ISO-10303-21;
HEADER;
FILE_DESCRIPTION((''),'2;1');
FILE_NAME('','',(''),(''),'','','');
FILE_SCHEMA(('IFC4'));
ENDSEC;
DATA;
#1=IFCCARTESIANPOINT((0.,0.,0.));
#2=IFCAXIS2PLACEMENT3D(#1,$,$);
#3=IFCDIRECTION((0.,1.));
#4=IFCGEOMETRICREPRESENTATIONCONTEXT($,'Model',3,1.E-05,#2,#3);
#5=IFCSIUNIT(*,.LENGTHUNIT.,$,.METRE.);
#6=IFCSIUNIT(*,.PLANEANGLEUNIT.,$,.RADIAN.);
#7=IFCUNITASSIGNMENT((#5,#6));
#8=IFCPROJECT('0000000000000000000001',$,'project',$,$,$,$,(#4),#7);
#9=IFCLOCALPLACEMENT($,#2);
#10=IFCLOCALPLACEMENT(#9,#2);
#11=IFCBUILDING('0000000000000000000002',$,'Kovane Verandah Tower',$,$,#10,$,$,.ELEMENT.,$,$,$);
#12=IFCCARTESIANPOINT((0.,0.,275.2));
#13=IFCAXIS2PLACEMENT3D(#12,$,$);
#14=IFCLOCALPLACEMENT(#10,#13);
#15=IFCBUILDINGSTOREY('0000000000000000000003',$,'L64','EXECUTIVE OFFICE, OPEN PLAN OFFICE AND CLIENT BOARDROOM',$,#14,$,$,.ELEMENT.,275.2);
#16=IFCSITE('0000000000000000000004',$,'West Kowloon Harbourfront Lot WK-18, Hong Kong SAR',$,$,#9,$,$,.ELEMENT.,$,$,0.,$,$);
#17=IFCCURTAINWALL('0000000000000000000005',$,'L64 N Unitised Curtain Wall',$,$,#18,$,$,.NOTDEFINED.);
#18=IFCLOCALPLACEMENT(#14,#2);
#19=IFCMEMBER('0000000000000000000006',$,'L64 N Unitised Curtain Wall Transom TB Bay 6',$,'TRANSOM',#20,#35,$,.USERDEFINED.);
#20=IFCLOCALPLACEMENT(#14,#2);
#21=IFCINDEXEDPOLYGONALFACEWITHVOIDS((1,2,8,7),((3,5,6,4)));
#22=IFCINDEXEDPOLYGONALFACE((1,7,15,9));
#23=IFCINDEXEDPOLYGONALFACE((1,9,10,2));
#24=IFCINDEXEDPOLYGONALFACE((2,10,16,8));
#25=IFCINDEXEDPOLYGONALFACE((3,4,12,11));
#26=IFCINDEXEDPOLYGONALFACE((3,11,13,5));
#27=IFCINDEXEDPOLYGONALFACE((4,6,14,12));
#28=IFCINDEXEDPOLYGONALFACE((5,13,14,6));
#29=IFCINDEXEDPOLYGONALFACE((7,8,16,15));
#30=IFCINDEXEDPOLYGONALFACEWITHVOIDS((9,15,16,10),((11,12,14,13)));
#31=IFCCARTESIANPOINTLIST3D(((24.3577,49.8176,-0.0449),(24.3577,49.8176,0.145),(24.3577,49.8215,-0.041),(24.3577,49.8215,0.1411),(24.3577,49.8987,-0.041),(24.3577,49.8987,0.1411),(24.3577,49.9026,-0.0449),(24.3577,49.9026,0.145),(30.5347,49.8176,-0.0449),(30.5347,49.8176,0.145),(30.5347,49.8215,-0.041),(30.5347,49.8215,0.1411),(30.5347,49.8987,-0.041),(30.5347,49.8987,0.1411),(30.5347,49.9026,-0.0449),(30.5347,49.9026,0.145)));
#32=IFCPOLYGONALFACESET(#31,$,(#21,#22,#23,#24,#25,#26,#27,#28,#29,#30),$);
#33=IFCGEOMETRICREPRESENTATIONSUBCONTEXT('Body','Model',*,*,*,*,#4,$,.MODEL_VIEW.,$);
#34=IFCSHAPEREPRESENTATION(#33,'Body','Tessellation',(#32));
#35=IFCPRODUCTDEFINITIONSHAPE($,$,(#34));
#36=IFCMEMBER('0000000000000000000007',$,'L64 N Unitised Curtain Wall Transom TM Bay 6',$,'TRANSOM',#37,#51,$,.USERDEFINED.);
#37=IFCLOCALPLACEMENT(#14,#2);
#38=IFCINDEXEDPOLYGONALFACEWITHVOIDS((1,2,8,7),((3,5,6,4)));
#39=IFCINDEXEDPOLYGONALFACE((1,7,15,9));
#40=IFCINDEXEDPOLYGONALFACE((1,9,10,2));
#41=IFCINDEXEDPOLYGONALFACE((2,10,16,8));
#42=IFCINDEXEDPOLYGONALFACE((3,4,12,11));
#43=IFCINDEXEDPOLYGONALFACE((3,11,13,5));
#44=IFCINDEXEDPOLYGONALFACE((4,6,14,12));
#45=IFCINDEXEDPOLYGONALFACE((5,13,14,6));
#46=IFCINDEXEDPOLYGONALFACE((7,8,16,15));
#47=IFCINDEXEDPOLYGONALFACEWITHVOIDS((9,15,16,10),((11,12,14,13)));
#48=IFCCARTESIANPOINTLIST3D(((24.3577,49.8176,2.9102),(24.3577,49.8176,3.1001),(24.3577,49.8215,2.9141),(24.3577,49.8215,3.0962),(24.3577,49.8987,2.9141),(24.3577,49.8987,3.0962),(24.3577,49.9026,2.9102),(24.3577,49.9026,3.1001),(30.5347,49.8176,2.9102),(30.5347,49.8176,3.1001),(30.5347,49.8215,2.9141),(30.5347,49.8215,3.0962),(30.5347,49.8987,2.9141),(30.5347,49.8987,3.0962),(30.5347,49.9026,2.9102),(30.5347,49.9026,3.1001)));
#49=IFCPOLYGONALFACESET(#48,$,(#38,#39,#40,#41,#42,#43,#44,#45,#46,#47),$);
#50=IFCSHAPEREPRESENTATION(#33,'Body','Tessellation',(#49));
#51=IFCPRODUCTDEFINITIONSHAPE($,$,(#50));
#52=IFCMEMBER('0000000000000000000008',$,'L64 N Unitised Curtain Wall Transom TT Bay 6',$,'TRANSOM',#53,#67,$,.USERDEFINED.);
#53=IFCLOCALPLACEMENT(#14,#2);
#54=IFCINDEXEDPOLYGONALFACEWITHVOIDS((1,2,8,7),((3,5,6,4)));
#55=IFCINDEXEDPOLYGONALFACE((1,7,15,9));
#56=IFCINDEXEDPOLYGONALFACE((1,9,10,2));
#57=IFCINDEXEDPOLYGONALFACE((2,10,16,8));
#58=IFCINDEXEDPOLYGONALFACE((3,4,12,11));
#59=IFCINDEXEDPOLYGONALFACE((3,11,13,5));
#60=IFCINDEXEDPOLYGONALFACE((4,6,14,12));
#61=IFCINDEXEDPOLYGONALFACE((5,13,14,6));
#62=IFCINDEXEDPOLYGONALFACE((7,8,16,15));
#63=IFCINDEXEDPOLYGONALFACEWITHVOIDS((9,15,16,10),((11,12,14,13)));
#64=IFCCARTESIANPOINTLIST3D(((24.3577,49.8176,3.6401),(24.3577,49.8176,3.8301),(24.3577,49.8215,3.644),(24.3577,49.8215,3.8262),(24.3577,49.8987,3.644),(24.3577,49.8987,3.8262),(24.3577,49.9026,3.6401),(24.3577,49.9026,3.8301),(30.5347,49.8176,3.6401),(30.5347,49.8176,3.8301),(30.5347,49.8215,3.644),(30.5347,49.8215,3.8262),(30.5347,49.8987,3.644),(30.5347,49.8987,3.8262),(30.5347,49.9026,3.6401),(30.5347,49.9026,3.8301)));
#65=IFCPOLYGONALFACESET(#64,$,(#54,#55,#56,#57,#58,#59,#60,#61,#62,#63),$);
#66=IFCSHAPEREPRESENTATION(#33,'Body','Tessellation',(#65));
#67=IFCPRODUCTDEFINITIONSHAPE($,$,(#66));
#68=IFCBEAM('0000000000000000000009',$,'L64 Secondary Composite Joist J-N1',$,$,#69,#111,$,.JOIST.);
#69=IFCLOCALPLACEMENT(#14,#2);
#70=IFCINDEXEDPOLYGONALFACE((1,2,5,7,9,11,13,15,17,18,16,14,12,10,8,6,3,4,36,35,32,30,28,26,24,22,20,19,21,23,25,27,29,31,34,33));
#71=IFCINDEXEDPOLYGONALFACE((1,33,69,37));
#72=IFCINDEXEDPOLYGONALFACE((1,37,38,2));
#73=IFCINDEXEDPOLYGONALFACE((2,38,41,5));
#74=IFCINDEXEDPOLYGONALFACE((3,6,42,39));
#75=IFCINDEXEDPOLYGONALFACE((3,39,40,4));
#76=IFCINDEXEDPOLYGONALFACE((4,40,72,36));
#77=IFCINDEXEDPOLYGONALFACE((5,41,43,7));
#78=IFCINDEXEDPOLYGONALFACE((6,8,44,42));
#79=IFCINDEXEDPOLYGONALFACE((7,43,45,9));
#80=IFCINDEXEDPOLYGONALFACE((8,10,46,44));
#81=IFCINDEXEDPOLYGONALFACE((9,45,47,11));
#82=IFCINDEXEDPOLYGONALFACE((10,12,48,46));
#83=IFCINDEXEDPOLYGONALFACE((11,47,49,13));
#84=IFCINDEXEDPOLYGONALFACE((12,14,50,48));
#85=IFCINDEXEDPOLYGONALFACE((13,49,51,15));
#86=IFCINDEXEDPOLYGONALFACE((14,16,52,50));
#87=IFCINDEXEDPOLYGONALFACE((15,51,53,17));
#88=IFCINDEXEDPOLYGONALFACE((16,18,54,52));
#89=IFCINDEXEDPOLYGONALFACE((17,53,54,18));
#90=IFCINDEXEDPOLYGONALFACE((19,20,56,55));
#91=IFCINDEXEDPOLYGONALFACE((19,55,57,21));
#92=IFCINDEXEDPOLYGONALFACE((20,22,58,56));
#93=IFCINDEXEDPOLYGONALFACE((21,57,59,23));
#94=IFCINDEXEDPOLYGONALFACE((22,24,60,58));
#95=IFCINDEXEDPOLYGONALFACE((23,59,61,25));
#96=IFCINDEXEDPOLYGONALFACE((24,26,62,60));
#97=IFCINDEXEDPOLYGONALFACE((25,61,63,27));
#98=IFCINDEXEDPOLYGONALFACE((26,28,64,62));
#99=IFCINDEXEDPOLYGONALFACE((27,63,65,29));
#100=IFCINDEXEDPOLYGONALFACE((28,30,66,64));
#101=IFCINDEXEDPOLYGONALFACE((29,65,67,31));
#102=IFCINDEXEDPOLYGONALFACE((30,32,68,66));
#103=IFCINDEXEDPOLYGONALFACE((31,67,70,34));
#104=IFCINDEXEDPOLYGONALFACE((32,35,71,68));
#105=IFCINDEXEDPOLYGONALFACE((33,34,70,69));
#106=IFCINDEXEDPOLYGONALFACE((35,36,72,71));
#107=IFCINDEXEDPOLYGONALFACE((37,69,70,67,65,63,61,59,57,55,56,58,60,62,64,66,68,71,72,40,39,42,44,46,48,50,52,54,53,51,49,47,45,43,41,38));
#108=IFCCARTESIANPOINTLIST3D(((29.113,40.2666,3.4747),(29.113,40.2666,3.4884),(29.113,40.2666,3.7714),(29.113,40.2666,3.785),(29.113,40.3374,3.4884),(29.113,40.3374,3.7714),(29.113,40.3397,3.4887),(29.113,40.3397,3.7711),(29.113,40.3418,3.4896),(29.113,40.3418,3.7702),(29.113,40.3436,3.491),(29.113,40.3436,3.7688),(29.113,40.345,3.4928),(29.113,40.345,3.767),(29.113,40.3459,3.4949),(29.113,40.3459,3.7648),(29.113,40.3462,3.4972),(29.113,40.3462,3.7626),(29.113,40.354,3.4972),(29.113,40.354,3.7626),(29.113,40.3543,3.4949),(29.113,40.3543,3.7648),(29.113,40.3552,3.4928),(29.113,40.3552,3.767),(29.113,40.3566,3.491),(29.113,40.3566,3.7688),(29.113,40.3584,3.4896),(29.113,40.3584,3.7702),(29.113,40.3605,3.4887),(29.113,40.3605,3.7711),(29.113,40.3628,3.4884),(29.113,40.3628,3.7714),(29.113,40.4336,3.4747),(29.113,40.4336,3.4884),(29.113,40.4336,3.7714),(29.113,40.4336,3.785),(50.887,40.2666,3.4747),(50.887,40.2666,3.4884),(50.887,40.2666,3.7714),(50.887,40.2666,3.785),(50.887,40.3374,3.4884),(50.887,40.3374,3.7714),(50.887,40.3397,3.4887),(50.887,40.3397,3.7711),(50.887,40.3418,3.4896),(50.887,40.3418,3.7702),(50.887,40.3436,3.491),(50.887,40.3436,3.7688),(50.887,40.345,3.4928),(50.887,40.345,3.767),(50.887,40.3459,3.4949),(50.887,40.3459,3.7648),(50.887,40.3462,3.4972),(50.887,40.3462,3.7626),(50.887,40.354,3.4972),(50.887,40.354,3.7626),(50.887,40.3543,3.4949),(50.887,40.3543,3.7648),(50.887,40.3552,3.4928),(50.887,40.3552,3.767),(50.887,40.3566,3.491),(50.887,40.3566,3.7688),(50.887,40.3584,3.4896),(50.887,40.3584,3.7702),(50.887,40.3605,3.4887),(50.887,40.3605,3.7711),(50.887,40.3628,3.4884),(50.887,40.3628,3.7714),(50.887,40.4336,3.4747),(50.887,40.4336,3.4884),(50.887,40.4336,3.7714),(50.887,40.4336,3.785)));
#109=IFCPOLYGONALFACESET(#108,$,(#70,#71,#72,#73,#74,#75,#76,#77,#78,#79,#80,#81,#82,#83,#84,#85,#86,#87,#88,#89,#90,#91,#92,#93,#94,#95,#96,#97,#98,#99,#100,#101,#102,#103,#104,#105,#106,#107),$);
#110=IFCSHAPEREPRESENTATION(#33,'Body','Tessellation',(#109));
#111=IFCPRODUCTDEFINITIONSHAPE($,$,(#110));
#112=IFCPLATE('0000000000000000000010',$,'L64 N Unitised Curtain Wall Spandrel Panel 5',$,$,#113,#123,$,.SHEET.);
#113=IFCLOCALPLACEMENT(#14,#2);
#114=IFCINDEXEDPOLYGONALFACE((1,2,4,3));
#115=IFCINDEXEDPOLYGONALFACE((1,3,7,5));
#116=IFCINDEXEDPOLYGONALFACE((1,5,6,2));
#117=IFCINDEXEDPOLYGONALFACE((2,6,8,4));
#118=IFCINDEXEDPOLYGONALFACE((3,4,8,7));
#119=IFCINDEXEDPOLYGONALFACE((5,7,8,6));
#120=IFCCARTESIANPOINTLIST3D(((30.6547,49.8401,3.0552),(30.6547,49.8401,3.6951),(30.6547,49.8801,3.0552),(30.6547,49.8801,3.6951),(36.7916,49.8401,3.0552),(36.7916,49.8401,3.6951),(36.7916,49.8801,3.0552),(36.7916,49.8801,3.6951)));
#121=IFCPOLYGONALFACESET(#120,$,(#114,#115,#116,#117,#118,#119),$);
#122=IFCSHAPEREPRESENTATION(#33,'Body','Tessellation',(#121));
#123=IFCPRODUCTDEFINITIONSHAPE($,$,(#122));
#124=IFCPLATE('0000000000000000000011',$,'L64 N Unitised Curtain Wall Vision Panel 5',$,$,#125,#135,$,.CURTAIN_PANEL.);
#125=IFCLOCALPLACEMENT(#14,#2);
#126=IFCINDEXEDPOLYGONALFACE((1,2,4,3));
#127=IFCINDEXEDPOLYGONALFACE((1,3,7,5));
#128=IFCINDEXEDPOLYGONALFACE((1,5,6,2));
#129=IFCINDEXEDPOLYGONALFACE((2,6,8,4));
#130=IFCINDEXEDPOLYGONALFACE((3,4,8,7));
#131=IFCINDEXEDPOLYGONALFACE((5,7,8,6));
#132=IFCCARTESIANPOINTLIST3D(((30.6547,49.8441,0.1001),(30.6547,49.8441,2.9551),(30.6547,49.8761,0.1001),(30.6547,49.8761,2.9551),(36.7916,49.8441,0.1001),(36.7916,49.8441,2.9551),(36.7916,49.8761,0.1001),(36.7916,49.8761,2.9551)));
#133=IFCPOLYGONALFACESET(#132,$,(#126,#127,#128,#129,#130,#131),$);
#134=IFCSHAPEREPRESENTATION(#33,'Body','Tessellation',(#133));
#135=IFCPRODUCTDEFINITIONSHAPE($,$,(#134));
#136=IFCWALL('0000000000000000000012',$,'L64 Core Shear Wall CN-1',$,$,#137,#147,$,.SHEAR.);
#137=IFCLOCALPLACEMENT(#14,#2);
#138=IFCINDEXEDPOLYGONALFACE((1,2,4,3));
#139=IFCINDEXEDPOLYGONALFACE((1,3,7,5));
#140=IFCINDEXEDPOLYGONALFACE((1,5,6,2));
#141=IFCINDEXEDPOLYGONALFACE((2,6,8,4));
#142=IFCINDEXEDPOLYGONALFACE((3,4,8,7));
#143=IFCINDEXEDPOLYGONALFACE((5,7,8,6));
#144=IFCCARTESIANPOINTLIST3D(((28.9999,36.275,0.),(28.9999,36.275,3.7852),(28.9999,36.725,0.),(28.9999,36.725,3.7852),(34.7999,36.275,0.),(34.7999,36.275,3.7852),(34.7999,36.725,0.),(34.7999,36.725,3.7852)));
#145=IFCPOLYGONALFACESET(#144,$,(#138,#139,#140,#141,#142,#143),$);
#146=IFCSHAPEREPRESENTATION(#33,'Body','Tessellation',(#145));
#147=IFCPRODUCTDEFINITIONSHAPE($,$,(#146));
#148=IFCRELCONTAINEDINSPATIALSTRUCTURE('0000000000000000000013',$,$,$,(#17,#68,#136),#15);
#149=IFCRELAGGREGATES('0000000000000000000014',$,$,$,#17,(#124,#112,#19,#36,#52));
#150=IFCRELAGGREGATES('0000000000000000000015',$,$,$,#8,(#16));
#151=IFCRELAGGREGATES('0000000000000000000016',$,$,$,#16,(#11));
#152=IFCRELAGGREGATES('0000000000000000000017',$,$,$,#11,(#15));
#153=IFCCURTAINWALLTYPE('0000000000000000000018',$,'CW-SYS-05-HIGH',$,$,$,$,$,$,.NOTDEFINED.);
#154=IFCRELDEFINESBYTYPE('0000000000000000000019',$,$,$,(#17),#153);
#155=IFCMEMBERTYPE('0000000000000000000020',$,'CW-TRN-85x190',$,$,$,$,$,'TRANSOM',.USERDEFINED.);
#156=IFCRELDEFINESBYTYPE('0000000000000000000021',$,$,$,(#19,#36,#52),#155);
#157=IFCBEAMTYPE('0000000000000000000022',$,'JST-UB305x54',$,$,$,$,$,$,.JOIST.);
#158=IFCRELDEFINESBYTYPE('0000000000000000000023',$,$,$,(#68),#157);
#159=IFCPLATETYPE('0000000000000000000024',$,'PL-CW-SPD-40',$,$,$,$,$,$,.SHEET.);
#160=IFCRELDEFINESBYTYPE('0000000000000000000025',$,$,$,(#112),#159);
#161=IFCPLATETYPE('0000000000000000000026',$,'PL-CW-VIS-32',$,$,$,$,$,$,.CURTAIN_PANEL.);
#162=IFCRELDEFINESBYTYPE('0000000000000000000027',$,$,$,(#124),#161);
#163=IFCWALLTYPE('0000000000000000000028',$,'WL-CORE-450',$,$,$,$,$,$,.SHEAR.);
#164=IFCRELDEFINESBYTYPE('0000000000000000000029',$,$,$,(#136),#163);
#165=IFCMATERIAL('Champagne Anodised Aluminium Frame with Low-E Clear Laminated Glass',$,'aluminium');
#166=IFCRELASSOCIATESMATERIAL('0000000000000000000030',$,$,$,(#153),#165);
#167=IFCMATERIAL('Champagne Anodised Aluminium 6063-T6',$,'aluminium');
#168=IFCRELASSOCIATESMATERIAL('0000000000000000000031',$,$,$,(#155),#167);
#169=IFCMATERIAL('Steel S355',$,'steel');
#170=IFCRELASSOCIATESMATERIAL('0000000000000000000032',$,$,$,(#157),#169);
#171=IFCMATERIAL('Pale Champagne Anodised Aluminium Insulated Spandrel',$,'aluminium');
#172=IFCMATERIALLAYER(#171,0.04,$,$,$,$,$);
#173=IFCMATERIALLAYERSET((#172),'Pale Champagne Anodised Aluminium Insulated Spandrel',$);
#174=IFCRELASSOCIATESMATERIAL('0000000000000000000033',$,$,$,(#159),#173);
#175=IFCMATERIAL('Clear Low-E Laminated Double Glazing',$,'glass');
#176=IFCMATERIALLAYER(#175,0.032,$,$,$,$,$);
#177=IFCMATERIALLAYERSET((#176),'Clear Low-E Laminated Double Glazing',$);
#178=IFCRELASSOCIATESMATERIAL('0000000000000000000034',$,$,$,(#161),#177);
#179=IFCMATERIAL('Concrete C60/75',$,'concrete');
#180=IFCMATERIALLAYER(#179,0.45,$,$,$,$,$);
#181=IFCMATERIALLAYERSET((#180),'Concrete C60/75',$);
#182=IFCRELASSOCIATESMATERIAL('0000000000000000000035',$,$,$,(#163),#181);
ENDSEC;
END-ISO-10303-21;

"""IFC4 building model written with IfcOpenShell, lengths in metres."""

from ifc_helpers import new_model, si_unit, direction, frame, frame_2d, origin, origin_2d, place, context, subcontext, project, spatial, rectangle, hollow_rectangle, i_section, extrude, material, layer, layer_set, material_profile, profile_set, type_object, element, aggregate, save


model = new_model("IFC4")

# Units and contexts
model_context = context("Model", 3, precision=1e-05, world=origin(), true_north=direction((0.0, 1.0)))
body_context = subcontext(model_context, "Body", "Model", "MODEL_VIEW")
ifc_project = project(units=[si_unit("LENGTHUNIT", "METRE"), si_unit("PLANEANGLEUNIT", "RADIAN")], contexts=[model_context])

# Site, building, storey
site_placement = place(None, origin())
site = spatial("IfcSite", under=ifc_project, at=site_placement, Name="West Kowloon Harbourfront Lot WK-18, Hong Kong SAR", CompositionType="ELEMENT", RefElevation=0.0)
building_placement = place(site_placement, origin())
building = spatial("IfcBuilding", under=site, at=building_placement, Name="Kovane Verandah Tower", CompositionType="ELEMENT")
storey_placement = place(building_placement, frame((0.0, 0.0, 275.2)))
storey = spatial("IfcBuildingStorey", under=building, at=storey_placement, Name="L64", Description="EXECUTIVE OFFICE, OPEN PLAN OFFICE AND CLIENT BOARDROOM", CompositionType="ELEMENT", Elevation=275.2)

# Shared definitions
ifc_material_1 = material(Name="Concrete C60/75", Category="concrete")

# Shared definitions
ifc_material_2 = material(Name="Steel S355", Category="steel")

# Curtain wall, members
ifc_material_3 = material(Name="Champagne Anodised Aluminium Frame with Low-E Clear Laminated Glass", Category="aluminium")
curtain_wall_type = type_object("IfcCurtainWallType", Name="CW-SYS-05-HIGH", PredefinedType="NOTDEFINED", material=ifc_material_3)
curtain_wall_placement = place(storey_placement, origin())
curtain_wall = element("IfcCurtainWall", 1, at=curtain_wall_placement, inside=storey, type_object=curtain_wall_type, Name="L64 N Unitised Curtain Wall", PredefinedType="NOTDEFINED")
ifc_material_4 = material(Name="Champagne Anodised Aluminium 6063-T6", Category="aluminium")
ifc_material_profile_1 = material_profile(ifc_material_4, hollow_rectangle(XDim=0.085, YDim=0.1899, WallThickness=0.0039, at=origin_2d()), Name="AL85x190x4")
ifc_profile_set_1 = profile_set([ifc_material_profile_1], Name="Champagne Anodised Aluminium 6063-T6")
member_type_1 = type_object("IfcMemberType", Name="CW-TRN-85x190", ElementType="TRANSOM", PredefinedType="USERDEFINED", material=ifc_profile_set_1)
member_1_placement = place(storey_placement, frame((30.5347, 49.8601, 0.05), z_axis=(-1.0, 0.0, 0.0), x_axis=(0.0, -1.0, 0.0)))
member_1 = element("IfcMember", 2, at=member_1_placement, type_object=member_type_1, Name="L64 N Unitised Curtain Wall Transom TB Bay 6", ObjectType="TRANSOM", PredefinedType="USERDEFINED", context=body_context, shape_type="SweptSolid", body=[
    extrude(hollow_rectangle(XDim=0.085, YDim=0.1899, WallThickness=0.0039, at=origin_2d()), origin(), (0.0, 0.0, 1.0), 6.177),
])
member_2_placement = place(storey_placement, frame((30.5347, 49.8601, 3.0051), z_axis=(-1.0, 0.0, 0.0), x_axis=(0.0, -1.0, 0.0)))
member_2 = element("IfcMember", 3, at=member_2_placement, type_object=member_type_1, Name="L64 N Unitised Curtain Wall Transom TM Bay 6", ObjectType="TRANSOM", PredefinedType="USERDEFINED", context=body_context, shape_type="SweptSolid", body=[
    extrude(hollow_rectangle(XDim=0.085, YDim=0.1899, WallThickness=0.0039, at=origin_2d()), origin(), (0.0, 0.0, 1.0), 6.177),
])
member_3_placement = place(storey_placement, frame((30.5347, 49.8601, 3.7351), z_axis=(-1.0, 0.0, 0.0), x_axis=(0.0, -1.0, 0.0)))
member_3 = element("IfcMember", 4, at=member_3_placement, type_object=member_type_1, Name="L64 N Unitised Curtain Wall Transom TT Bay 6", ObjectType="TRANSOM", PredefinedType="USERDEFINED", context=body_context, shape_type="SweptSolid", body=[
    extrude(hollow_rectangle(XDim=0.085, YDim=0.1899, WallThickness=0.0039, at=origin_2d()), origin(), (0.0, 0.0, 1.0), 6.177),
])

# Beam
ifc_material_profile_2 = material_profile(ifc_material_2, i_section(OverallWidth=0.167, OverallDepth=0.3103, WebThickness=0.0078, FlangeThickness=0.0137, FilletRadius=0.0088, at=origin_2d()), Name="UB305x165x54")
ifc_profile_set_2 = profile_set([ifc_material_profile_2], Name="Steel S355")
beam_type_1 = type_object("IfcBeamType", Name="JST-UB305x54", PredefinedType="JOIST", material=ifc_profile_set_2)
beam_1_placement = place(storey_placement, frame((29.113, 40.3501, 3.6299), z_axis=(1.0, 0.0, 0.0), x_axis=(0.0, 1.0, 0.0)))
element("IfcBeam", 5, at=beam_1_placement, inside=storey, type_object=beam_type_1, Name="L64 Secondary Composite Joist J-N1", PredefinedType="JOIST", context=body_context, shape_type="SweptSolid", body=[
    extrude(i_section(OverallWidth=0.167, OverallDepth=0.3103, WebThickness=0.0078, FlangeThickness=0.0137, FilletRadius=0.0088, at=origin_2d()), origin(), (0.0, 0.0, 1.0), 21.7739),
])

# Plates
ifc_material_5 = material(Name="Pale Champagne Anodised Aluminium Insulated Spandrel", Category="aluminium")
ifc_layer_1 = layer(ifc_material_5, 0.04)
ifc_layer_set_1 = layer_set([ifc_layer_1], Name="Pale Champagne Anodised Aluminium Insulated Spandrel")
plate_type_1 = type_object("IfcPlateType", Name="PL-CW-SPD-40", PredefinedType="SHEET", material=ifc_layer_set_1)
plate_1_placement = place(storey_placement, frame((33.7231, 49.8601, 3.0552), z_axis=(0.0, 0.0, 1.0), x_axis=(-1.0, 0.0, 0.0)))
plate_1 = element("IfcPlate", 6, at=plate_1_placement, type_object=plate_type_1, Name="L64 N Unitised Curtain Wall Spandrel Panel 5", PredefinedType="SHEET", context=body_context, shape_type="SweptSolid", body=[
    extrude(rectangle(XDim=6.137, YDim=0.04, at=origin_2d()), origin(), (0.0, 0.0, 1.0), 0.6399),
])
ifc_material_6 = material(Name="Clear Low-E Laminated Double Glazing", Category="glass")
ifc_layer_2 = layer(ifc_material_6, 0.032)
ifc_layer_set_2 = layer_set([ifc_layer_2], Name="Clear Low-E Laminated Double Glazing")
plate_type_2 = type_object("IfcPlateType", Name="PL-CW-VIS-32", PredefinedType="CURTAIN_PANEL", material=ifc_layer_set_2)
plate_2_placement = place(storey_placement, frame((33.7231, 49.8601, 0.1001), z_axis=(0.0, 0.0, 1.0), x_axis=(-1.0, 0.0, 0.0)))
plate_2 = element("IfcPlate", 7, at=plate_2_placement, type_object=plate_type_2, Name="L64 N Unitised Curtain Wall Vision Panel 5", PredefinedType="CURTAIN_PANEL", context=body_context, shape_type="SweptSolid", body=[
    extrude(rectangle(XDim=6.137, YDim=0.032, at=origin_2d()), origin(), (0.0, 0.0, 1.0), 2.855),
])
aggregate(curtain_wall, [plate_2, plate_1, member_1, member_2, member_3])

# Wall
ifc_layer_3 = layer(ifc_material_1, 0.45)
ifc_layer_set_3 = layer_set([ifc_layer_3], Name="Concrete C60/75")
wall_type = type_object("IfcWallType", Name="WL-CORE-450", PredefinedType="SHEAR", material=ifc_layer_set_3)
wall_placement = place(storey_placement, frame((29.0, 36.5, 0.0), z_axis=(0.0, 0.0, 1.0), x_axis=(1.0, 0.0, 0.0)))
element("IfcWall", 8, at=wall_placement, inside=storey, type_object=wall_type, Name="L64 Core Shear Wall CN-1", PredefinedType="SHEAR", context=body_context, shape_type="SweptSolid", body=[
    extrude(rectangle(XDim=5.8, YDim=0.45, at=frame_2d((2.8999, 0.0))), origin(), (0.0, 0.0, 1.0), 3.7852),
])

save(model, "model.ifc")
